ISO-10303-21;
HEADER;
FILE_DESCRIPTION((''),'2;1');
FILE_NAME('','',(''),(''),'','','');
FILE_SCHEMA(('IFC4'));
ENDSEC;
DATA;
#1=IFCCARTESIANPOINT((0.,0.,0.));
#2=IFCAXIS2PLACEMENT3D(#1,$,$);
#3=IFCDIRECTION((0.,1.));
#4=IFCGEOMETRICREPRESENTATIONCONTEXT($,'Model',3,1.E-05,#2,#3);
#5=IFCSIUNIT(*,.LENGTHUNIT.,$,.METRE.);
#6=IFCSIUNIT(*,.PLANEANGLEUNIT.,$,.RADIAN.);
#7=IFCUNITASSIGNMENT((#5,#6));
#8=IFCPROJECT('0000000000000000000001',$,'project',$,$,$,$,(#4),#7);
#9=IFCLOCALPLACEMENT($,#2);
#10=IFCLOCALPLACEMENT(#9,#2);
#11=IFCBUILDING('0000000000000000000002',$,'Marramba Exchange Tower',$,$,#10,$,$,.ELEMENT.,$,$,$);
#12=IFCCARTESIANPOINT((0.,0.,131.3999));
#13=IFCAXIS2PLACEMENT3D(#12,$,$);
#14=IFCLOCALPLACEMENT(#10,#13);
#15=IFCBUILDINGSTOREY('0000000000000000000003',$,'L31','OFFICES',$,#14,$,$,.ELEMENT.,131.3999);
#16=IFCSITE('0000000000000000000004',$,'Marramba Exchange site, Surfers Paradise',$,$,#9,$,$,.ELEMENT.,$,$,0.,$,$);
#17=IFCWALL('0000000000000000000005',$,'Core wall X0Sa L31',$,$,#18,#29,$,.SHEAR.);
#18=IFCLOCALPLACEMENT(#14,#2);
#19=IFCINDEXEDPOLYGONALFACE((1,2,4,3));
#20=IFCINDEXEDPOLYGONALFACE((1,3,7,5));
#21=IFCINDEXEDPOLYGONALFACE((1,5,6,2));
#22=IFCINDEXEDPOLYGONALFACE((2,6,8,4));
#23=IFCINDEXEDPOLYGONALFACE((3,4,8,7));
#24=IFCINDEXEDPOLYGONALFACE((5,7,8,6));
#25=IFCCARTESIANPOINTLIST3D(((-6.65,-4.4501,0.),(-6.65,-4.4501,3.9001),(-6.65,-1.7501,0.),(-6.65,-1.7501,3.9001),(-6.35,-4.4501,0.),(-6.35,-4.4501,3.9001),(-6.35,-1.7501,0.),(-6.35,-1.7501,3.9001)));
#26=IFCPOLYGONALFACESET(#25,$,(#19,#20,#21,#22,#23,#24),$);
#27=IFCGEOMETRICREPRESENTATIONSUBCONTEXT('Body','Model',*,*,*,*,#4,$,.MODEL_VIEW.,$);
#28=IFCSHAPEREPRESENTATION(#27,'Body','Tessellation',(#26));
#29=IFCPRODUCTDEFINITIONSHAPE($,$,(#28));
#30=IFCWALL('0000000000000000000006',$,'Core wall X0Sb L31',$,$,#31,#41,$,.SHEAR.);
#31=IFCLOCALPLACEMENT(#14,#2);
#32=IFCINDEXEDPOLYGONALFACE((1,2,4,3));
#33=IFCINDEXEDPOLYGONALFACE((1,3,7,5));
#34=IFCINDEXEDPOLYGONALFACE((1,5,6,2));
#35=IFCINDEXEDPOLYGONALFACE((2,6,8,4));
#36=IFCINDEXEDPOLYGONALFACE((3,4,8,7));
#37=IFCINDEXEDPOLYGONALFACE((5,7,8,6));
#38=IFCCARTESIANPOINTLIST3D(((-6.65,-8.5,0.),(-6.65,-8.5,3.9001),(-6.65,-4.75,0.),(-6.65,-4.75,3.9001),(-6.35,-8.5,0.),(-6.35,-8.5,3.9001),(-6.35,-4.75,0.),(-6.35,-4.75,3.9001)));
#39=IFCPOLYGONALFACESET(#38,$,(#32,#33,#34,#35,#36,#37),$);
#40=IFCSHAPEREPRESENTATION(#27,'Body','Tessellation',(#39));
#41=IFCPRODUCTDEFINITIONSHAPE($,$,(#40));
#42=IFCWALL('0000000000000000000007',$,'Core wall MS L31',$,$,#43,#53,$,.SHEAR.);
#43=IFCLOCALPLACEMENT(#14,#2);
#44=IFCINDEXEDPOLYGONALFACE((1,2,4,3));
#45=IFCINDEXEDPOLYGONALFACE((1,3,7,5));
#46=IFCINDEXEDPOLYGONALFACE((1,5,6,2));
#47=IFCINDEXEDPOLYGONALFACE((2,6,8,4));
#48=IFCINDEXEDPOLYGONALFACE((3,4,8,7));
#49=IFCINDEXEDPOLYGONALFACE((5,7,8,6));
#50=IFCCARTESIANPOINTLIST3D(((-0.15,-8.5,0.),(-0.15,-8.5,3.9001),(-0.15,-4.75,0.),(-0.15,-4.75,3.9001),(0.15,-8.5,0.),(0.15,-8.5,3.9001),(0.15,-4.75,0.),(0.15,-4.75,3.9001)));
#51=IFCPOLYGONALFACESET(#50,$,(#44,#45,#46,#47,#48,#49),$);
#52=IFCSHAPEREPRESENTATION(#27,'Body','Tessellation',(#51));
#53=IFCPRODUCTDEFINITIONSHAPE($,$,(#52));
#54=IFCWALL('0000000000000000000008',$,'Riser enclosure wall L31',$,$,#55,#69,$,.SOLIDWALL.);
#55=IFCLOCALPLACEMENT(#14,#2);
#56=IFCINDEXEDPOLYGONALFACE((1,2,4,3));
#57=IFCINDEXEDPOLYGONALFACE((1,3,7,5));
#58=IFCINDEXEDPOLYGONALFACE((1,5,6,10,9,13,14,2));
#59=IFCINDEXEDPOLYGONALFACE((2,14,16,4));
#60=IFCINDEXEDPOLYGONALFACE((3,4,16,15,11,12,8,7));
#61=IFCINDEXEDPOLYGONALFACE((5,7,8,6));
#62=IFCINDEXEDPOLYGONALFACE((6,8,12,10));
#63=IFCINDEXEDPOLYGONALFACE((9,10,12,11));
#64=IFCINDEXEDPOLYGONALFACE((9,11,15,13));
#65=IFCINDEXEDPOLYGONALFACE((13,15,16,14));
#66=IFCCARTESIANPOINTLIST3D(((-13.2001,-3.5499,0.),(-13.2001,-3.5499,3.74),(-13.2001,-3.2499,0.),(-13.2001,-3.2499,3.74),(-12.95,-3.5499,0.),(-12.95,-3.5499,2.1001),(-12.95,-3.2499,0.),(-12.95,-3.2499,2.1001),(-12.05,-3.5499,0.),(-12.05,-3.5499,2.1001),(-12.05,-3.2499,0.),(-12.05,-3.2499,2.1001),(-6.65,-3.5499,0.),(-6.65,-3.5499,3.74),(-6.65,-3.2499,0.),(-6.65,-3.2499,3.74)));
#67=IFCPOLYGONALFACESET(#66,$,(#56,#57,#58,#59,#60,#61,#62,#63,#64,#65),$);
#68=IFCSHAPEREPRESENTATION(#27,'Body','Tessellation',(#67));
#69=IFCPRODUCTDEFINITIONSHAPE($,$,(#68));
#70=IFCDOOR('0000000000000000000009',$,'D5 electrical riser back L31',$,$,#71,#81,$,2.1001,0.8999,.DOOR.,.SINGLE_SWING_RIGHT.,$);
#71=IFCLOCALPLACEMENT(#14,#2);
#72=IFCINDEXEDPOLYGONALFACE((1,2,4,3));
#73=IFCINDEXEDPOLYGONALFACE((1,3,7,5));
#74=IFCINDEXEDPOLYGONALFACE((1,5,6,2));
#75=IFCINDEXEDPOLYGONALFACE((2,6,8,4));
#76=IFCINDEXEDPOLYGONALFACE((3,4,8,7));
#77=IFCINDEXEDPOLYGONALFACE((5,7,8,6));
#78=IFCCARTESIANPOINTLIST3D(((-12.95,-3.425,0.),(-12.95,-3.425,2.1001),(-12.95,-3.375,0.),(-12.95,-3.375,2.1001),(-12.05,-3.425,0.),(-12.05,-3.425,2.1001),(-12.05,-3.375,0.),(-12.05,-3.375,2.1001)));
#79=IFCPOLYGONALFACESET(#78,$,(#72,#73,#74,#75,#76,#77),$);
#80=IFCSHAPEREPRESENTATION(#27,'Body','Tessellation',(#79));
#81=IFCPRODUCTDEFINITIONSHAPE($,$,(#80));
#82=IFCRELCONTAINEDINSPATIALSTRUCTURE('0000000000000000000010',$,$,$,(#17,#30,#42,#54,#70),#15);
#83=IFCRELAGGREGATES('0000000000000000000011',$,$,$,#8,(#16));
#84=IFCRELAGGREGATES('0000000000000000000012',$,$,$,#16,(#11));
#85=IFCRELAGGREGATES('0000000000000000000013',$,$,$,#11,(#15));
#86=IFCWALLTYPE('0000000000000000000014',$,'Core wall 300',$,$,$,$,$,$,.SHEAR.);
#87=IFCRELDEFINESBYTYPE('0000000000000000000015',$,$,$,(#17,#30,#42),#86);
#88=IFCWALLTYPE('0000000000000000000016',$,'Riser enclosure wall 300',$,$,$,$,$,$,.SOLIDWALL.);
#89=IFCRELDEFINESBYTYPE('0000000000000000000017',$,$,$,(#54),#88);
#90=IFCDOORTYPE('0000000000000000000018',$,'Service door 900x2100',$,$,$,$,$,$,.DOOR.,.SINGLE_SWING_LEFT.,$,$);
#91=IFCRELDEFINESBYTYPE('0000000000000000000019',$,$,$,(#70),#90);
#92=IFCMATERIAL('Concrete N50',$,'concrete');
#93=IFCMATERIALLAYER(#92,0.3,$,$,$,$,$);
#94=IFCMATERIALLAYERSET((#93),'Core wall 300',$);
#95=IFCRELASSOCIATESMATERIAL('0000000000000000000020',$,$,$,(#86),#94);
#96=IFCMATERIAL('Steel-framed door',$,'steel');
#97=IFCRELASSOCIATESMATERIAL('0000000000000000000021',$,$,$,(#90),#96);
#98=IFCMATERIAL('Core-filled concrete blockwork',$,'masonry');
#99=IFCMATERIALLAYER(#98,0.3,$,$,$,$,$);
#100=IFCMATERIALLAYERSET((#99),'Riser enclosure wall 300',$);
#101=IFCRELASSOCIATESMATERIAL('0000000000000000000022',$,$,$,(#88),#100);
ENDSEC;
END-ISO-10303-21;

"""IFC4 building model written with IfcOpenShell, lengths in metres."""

from ifc_helpers import new_model, si_unit, direction, frame, frame_2d, origin, place, context, subcontext, project, spatial, rectangle, extrude, material, layer, layer_set, type_object, element, fill, save


model = new_model("IFC4")

# Units and contexts
model_context = context("Model", 3, precision=1e-05, world=origin(), true_north=direction((0.0, 1.0)))
body_context = subcontext(model_context, "Body", "Model", "MODEL_VIEW")
ifc_project = project(units=[si_unit("LENGTHUNIT", "METRE"), si_unit("PLANEANGLEUNIT", "RADIAN")], contexts=[model_context])

# Site, building, storey
site_placement = place(None, origin())
site = spatial("IfcSite", under=ifc_project, at=site_placement, Name="Marramba Exchange site, Surfers Paradise", CompositionType="ELEMENT", RefElevation=0.0)
building_placement = place(site_placement, origin())
building = spatial("IfcBuilding", under=site, at=building_placement, Name="Marramba Exchange Tower", CompositionType="ELEMENT")
storey_placement = place(building_placement, frame((0.0, 0.0, 131.3999)))
storey = spatial("IfcBuildingStorey", under=building, at=storey_placement, Name="L31", Description="OFFICES", CompositionType="ELEMENT", Elevation=131.3999)

# Shared definitions
ifc_material_1 = material(Name="Concrete N50", Category="concrete")

# Shared definitions
ifc_layer_1 = layer(ifc_material_1, 0.3)
ifc_layer_set_1 = layer_set([ifc_layer_1], Name="Core wall 300")
wall_type_1 = type_object("IfcWallType", Name="Core wall 300", PredefinedType="SHEAR", material=ifc_layer_set_1)
ifc_material_2 = material(Name="Steel-framed door", Category="steel")
door_type_1 = type_object("IfcDoorType", Name="Service door 900x2100", OperationType="SINGLE_SWING_LEFT", PredefinedType="DOOR", material=ifc_material_2)

# Walls
wall_1_placement = place(storey_placement, frame((-6.5, -1.75, 0.0), z_axis=(0.0, 0.0, 1.0), x_axis=(0.0, -1.0, 0.0)))
element("IfcWall", 1, at=wall_1_placement, inside=storey, type_object=wall_type_1, Name="Core wall X0Sa L31", PredefinedType="SHEAR", context=body_context, shape_type="SweptSolid", body=[
    extrude(rectangle(XDim=2.7, YDim=0.3, at=frame_2d((1.3501, 0.0))), origin(), (0.0, 0.0, 1.0), 3.9001),
])
for number, where, z_axis, x_axis, name in (
    (2, (-6.5, -4.75, 0.0), (0.0, 0.0, 1.0), (0.0, -1.0, 0.0), "Core wall X0Sb L31"),
    (3, (0.0, -4.75, 0.0), (0.0, 0.0, 1.0), (0.0, -1.0, 0.0), "Core wall MS L31"),
):
    element("IfcWall", number, at=place(storey_placement, frame(where, z_axis=z_axis, x_axis=x_axis)), inside=storey, type_object=wall_type_1, Name=name, PredefinedType="SHEAR", context=body_context, shape_type="SweptSolid", body=[
        extrude(rectangle(XDim=3.75, YDim=0.3, at=frame_2d((1.875, 0.0))), origin(), (0.0, 0.0, 1.0), 3.9001),
    ])

# Wall, opening, door
ifc_material_3 = material(Name="Core-filled concrete blockwork", Category="masonry")
ifc_layer_2 = layer(ifc_material_3, 0.3)
ifc_layer_set_2 = layer_set([ifc_layer_2], Name="Riser enclosure wall 300")
wall_type_2 = type_object("IfcWallType", Name="Riser enclosure wall 300", PredefinedType="SOLIDWALL", material=ifc_layer_set_2)
wall_2_placement = place(storey_placement, frame((-13.2, -3.3999, 0.0), z_axis=(0.0, 0.0, 1.0), x_axis=(1.0, 0.0, 0.0)))
wall_2 = element("IfcWall", 4, at=wall_2_placement, inside=storey, type_object=wall_type_2, Name="Riser enclosure wall L31", PredefinedType="SOLIDWALL", context=body_context, shape_type="SweptSolid", body=[
    extrude(rectangle(XDim=6.55, YDim=0.3, at=frame_2d((3.2749, 0.0))), origin(), (0.0, 0.0, 1.0), 3.74),
])
opening_1_placement = place(wall_2_placement, frame((0.25, 0.0, 0.0)))
opening_1 = element("IfcOpeningElement", 5, at=opening_1_placement, cuts=wall_2, PredefinedType="OPENING", context=body_context, shape_type="SweptSolid", body=[
    extrude(rectangle(XDim=0.8999, YDim=2.1001, at=frame_2d((0.45, 1.05))), frame((0.0, 0.1599, 0.0), z_axis=(0.0, -1.0, 0.0), x_axis=(1.0, 0.0, 0.0)), (0.0, 0.0, 1.0), 0.3201),
])
door_1_placement = place(opening_1_placement, frame((0.8999, 0.0, 0.0), z_axis=(0.0, 0.0, 1.0), x_axis=(-1.0, 0.0, 0.0)))
door_1 = element("IfcDoor", 6, at=door_1_placement, inside=storey, type_object=door_type_1, Name="D5 electrical riser back L31", OperationType="SINGLE_SWING_RIGHT", OverallHeight=2.1001, OverallWidth=0.8999, PredefinedType="DOOR", context=body_context, shape_type="SweptSolid", body=[
    extrude(rectangle(XDim=0.8999, YDim=2.1001, at=frame_2d((0.45, 1.05))), frame((0.0, 0.0251, 0.0), z_axis=(0.0, -1.0, 0.0), x_axis=(1.0, 0.0, 0.0)), (0.0, 0.0, 1.0), 0.05),
])
fill(opening_1, door_1)

save(model, "model.ifc")
